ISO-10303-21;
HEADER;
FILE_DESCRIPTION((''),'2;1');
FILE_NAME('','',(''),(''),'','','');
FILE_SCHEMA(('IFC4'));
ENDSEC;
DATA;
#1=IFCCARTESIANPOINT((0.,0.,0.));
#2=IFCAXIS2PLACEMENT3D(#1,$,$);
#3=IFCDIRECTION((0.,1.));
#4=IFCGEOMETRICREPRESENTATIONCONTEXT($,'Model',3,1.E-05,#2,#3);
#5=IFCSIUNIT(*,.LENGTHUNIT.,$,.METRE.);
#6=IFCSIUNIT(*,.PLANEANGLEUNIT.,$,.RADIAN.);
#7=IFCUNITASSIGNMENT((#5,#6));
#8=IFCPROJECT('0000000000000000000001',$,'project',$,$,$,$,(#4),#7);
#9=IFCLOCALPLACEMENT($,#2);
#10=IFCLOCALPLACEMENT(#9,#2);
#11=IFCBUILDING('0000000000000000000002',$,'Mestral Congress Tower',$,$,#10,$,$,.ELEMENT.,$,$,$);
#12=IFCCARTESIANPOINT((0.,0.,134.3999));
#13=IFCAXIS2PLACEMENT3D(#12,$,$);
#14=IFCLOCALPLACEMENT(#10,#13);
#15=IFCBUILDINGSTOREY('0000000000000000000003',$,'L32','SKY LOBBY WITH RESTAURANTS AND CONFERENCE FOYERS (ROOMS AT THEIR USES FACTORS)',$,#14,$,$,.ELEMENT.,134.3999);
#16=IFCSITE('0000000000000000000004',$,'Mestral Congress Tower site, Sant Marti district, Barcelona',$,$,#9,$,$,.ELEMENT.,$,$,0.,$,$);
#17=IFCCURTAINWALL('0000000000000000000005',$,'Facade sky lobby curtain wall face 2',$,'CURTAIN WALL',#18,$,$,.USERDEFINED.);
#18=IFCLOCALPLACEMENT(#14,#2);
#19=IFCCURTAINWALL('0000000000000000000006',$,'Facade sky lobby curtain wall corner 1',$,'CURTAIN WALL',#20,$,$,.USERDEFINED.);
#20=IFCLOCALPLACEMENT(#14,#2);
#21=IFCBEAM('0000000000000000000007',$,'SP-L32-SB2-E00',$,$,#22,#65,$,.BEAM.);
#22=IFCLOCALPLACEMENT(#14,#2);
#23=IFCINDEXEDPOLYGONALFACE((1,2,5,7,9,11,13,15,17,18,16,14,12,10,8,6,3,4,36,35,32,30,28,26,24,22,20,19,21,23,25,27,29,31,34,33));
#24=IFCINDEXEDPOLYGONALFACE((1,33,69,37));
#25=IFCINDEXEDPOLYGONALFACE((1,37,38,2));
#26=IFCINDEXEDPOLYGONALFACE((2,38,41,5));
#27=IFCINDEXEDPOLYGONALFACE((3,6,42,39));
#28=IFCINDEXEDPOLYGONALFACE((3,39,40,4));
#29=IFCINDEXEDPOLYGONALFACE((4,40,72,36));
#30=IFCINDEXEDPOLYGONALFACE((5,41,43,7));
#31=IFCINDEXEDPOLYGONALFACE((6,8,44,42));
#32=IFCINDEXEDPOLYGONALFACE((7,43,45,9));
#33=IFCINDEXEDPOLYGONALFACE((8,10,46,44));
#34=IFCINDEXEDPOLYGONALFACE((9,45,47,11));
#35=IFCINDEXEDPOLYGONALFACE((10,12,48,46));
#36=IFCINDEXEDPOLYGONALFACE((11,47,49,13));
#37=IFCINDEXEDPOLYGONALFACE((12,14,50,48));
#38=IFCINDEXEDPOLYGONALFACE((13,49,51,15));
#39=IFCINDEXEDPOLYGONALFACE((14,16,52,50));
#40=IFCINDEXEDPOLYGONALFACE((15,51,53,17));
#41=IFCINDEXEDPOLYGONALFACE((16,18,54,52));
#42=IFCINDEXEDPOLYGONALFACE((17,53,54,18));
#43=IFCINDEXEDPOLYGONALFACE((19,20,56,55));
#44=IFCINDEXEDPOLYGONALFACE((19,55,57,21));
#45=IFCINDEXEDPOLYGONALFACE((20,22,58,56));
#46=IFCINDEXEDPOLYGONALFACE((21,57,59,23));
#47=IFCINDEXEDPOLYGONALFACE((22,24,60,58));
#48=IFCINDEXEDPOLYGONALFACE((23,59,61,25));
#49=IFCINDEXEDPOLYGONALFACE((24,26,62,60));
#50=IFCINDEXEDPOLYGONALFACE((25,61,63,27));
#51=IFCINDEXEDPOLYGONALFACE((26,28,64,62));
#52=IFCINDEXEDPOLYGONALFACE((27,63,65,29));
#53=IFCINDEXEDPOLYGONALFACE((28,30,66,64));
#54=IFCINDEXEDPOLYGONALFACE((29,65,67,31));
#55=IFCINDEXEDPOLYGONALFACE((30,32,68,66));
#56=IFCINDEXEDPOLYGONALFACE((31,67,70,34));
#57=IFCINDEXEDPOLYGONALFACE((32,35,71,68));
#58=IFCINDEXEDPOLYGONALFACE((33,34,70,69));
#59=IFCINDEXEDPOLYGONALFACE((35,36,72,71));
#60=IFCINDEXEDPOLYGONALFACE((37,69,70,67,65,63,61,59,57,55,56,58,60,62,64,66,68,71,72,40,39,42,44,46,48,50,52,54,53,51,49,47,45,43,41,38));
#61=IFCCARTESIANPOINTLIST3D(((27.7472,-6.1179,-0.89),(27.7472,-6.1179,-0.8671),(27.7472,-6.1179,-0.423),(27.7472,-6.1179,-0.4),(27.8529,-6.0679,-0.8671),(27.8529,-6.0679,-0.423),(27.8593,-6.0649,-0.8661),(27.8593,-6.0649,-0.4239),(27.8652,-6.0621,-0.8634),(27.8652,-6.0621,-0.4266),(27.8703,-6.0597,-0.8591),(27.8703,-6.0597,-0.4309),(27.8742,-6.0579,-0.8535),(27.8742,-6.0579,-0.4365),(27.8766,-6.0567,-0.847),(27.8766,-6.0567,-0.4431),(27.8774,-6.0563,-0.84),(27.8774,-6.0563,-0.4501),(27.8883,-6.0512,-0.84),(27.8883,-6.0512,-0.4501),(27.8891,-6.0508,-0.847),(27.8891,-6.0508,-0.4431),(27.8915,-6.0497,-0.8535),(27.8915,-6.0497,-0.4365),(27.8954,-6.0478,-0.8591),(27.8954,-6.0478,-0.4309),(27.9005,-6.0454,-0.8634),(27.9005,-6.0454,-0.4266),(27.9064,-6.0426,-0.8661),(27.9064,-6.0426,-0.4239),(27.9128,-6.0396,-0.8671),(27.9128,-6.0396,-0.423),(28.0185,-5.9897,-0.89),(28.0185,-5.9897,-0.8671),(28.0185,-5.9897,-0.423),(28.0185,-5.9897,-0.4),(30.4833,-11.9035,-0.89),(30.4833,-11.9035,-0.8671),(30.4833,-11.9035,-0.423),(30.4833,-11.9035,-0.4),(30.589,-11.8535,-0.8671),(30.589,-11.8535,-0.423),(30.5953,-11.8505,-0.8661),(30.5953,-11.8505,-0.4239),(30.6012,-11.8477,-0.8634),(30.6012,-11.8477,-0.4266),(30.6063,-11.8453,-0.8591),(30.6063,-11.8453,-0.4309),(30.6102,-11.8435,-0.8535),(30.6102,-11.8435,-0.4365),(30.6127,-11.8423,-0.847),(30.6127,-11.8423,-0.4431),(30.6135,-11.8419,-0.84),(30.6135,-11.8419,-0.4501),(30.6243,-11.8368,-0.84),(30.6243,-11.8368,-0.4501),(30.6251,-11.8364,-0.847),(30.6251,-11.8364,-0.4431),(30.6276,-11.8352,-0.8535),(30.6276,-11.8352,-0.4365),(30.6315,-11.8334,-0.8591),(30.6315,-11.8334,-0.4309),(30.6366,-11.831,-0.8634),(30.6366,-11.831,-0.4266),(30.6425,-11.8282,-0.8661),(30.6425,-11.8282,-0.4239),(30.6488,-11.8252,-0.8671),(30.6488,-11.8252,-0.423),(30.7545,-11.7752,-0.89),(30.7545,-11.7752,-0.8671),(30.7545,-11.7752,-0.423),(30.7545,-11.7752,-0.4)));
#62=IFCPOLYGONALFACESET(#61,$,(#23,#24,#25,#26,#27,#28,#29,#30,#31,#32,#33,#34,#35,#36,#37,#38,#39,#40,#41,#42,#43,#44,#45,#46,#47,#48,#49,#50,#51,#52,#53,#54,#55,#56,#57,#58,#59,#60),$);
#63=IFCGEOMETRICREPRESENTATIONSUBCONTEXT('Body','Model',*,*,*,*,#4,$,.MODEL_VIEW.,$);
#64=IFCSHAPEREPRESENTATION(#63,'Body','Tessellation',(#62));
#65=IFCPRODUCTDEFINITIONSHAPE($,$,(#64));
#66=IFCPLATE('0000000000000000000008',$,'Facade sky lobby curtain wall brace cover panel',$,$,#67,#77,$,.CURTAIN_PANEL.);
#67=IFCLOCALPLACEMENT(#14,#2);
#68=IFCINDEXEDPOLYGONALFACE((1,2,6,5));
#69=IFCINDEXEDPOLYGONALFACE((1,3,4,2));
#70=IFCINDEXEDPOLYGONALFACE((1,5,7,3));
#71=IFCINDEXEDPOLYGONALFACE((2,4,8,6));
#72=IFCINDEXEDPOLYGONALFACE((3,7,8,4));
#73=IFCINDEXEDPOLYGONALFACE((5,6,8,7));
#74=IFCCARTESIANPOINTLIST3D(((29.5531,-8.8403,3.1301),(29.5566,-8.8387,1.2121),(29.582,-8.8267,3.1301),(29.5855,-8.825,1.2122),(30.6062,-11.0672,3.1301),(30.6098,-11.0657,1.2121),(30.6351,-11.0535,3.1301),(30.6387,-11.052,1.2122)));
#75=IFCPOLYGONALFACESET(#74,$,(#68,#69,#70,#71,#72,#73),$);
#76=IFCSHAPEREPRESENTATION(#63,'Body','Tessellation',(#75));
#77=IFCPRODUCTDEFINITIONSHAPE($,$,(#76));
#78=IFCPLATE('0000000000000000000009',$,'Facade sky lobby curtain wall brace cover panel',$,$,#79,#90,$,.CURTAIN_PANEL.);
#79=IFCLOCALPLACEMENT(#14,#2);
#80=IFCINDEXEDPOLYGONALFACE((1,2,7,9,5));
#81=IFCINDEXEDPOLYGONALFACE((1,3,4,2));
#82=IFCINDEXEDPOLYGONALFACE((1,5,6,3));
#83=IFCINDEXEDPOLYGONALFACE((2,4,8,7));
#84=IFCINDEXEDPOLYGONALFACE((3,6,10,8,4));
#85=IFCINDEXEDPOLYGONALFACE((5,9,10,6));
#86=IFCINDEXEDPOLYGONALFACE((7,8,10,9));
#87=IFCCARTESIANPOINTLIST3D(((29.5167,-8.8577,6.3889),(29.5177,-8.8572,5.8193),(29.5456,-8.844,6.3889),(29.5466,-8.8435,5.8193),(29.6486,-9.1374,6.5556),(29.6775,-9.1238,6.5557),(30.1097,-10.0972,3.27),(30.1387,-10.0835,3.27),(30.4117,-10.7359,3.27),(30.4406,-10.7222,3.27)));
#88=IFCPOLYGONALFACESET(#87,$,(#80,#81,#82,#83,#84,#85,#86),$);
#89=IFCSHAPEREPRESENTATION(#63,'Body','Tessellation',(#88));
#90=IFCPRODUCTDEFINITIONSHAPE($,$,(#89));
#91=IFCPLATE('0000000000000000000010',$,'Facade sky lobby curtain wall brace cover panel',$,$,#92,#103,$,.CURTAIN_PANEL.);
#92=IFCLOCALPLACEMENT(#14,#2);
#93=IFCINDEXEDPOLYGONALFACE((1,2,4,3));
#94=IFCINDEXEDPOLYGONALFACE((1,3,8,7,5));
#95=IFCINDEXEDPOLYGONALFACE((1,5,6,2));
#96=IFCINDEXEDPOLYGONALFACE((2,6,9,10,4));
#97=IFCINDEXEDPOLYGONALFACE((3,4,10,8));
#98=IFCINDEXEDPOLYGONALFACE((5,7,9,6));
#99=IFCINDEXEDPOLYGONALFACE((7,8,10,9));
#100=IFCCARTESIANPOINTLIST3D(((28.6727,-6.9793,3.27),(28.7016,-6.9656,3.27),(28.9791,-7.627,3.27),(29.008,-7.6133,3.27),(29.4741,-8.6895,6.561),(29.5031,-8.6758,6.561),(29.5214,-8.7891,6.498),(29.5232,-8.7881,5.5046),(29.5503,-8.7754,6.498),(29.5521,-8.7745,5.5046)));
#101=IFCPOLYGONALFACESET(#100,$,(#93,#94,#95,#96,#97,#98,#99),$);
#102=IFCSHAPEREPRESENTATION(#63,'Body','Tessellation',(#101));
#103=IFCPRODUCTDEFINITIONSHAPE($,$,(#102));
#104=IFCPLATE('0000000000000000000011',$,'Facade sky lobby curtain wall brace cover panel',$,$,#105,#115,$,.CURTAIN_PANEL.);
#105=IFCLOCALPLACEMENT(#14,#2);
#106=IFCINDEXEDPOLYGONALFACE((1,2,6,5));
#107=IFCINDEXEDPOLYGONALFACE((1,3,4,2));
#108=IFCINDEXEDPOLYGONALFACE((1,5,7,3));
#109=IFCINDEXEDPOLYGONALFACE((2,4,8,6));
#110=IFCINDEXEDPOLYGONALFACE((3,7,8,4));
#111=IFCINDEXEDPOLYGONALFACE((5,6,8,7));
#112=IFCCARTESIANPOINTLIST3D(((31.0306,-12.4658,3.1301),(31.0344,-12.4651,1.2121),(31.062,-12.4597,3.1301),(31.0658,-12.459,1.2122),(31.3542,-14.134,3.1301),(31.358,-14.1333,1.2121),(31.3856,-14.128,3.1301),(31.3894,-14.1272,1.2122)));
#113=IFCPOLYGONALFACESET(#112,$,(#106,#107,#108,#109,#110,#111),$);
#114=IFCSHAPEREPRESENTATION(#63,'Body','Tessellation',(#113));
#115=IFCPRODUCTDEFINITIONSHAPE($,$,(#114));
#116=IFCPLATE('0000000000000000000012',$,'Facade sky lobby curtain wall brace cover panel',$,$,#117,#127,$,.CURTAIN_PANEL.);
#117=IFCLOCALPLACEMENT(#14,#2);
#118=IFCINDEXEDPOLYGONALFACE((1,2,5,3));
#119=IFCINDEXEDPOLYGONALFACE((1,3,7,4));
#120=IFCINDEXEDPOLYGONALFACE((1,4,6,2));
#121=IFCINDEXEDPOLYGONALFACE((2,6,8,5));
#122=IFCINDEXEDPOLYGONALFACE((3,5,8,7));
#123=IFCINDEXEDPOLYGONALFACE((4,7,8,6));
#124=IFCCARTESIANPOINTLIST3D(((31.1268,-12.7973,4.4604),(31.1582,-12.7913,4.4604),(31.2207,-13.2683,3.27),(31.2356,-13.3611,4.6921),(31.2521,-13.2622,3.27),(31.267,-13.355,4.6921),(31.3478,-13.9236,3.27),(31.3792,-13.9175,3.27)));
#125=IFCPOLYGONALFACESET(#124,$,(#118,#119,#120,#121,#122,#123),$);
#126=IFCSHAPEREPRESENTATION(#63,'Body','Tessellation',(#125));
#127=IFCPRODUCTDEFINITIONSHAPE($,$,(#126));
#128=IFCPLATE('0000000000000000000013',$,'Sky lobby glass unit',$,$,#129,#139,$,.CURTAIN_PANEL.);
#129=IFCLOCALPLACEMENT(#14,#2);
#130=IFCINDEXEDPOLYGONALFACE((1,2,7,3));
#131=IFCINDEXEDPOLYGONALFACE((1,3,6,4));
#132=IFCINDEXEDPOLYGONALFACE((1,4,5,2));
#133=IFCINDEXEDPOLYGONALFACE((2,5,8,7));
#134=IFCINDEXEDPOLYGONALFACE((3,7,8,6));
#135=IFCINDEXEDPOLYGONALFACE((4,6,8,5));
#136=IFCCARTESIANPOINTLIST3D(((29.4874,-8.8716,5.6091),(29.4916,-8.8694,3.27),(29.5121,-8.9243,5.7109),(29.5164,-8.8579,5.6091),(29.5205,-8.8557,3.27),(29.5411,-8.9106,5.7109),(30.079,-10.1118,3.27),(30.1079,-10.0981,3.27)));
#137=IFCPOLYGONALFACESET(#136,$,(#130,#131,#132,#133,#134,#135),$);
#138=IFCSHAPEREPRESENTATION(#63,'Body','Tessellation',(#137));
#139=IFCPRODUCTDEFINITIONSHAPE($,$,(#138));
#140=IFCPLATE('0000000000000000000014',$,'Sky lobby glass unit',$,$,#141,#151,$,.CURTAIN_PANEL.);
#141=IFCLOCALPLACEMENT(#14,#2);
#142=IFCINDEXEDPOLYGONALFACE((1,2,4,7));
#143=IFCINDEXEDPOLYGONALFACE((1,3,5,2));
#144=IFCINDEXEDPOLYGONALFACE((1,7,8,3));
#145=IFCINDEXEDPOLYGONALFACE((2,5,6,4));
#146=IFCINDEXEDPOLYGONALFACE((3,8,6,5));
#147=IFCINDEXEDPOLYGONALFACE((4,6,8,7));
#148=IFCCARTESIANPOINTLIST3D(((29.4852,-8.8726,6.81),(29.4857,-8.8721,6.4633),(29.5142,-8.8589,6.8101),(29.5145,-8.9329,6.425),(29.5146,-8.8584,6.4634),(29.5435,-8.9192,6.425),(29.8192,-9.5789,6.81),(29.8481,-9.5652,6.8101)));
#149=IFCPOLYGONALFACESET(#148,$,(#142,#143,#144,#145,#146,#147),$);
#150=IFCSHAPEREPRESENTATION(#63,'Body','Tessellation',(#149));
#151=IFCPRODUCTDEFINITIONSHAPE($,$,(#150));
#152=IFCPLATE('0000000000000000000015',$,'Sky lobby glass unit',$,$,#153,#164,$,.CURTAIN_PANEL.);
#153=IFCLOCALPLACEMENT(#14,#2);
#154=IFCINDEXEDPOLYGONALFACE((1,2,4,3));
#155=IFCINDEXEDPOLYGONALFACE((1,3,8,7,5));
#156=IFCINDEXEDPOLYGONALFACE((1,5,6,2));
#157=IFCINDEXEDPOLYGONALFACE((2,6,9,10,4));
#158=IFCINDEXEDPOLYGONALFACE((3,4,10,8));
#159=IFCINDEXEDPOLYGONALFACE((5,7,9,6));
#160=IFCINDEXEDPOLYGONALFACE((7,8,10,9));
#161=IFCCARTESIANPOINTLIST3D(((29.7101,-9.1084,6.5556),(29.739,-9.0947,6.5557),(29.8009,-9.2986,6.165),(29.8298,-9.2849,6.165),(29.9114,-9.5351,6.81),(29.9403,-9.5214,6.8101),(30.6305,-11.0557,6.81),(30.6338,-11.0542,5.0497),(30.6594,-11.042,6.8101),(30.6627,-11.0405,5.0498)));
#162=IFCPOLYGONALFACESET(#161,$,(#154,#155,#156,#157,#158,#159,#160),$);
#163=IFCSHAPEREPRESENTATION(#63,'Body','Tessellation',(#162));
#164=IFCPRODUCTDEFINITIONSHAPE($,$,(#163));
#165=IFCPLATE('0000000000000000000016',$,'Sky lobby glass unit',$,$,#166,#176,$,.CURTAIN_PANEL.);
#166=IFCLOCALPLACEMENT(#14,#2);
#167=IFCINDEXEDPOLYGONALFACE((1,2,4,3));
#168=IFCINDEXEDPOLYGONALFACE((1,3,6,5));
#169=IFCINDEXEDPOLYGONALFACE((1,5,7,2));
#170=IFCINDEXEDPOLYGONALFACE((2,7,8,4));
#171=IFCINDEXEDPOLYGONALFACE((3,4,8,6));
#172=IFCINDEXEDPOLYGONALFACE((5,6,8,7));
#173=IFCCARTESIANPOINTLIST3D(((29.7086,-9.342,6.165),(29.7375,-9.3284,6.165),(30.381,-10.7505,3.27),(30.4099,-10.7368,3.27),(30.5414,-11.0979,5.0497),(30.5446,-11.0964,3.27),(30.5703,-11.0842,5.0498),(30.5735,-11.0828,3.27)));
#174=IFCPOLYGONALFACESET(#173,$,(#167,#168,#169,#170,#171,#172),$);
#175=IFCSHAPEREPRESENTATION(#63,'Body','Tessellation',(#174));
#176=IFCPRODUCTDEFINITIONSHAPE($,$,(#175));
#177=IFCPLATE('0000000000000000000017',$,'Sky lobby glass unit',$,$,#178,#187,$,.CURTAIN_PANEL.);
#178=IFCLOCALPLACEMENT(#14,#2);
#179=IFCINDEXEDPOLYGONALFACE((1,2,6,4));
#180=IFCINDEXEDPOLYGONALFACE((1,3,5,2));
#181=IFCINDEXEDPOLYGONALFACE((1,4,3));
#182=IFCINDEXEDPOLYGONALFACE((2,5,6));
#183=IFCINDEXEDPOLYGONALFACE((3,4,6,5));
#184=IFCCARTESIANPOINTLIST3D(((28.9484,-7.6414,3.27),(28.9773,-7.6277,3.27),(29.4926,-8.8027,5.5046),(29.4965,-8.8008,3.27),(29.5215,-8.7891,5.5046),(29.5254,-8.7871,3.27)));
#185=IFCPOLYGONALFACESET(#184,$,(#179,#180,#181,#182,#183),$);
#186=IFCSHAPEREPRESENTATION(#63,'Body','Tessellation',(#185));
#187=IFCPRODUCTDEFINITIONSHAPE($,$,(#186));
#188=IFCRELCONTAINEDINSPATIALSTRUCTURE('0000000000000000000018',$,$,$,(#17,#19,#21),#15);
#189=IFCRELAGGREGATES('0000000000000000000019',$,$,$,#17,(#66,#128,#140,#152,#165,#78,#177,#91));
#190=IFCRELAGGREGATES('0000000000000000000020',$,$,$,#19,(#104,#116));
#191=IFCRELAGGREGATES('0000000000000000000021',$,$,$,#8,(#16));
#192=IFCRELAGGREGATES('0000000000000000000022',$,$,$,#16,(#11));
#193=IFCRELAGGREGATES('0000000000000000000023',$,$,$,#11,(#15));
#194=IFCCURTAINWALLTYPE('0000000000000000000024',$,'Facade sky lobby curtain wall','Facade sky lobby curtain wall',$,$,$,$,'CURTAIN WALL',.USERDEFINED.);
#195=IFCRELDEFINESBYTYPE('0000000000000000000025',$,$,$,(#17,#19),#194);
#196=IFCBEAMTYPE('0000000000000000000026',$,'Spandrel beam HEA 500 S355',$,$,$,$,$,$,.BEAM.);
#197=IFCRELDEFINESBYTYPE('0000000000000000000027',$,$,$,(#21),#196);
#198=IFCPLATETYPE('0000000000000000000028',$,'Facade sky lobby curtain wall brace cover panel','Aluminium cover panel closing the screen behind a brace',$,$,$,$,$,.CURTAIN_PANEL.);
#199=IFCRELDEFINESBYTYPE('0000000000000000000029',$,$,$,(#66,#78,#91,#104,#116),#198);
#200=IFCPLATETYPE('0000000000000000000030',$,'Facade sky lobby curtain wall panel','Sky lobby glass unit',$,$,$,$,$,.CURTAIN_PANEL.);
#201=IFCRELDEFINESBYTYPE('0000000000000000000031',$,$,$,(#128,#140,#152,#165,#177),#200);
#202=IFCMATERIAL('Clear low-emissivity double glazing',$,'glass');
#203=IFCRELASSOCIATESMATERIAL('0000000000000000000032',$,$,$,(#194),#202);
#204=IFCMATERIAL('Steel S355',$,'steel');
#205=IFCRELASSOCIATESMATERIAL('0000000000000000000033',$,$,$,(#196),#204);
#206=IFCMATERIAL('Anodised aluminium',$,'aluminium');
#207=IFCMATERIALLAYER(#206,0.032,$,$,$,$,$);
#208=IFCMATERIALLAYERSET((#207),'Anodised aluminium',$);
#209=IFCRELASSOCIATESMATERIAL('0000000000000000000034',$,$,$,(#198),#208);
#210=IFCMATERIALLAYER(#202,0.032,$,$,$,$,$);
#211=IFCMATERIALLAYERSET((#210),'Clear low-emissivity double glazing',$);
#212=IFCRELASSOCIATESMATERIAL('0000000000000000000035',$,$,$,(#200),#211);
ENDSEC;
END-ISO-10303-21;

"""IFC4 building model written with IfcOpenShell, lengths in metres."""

from ifc_helpers import new_model, si_unit, direction, frame, origin, origin_2d, place, context, subcontext, project, spatial, polyline, i_section, outline, extrude, material, layer, layer_set, material_profile, profile_set, type_object, element, aggregate, save


model = new_model("IFC4")

# Units and contexts
model_context = context("Model", 3, precision=1e-05, world=origin(), true_north=direction((0.0, 1.0)))
body_context = subcontext(model_context, "Body", "Model", "MODEL_VIEW")
ifc_project = project(units=[si_unit("LENGTHUNIT", "METRE"), si_unit("PLANEANGLEUNIT", "RADIAN")], contexts=[model_context])

# Site, building, storey
site_placement = place(None, origin())
site = spatial("IfcSite", under=ifc_project, at=site_placement, Name="Mestral Congress Tower site, Sant Marti district, Barcelona", CompositionType="ELEMENT", RefElevation=0.0)
building_placement = place(site_placement, origin())
building = spatial("IfcBuilding", under=site, at=building_placement, Name="Mestral Congress Tower", CompositionType="ELEMENT")
storey_placement = place(building_placement, frame((0.0, 0.0, 134.3999)))
storey = spatial("IfcBuildingStorey", under=building, at=storey_placement, Name="L32", Description="SKY LOBBY WITH RESTAURANTS AND CONFERENCE FOYERS (ROOMS AT THEIR USES FACTORS)", CompositionType="ELEMENT", Elevation=134.3999)

# Shared definitions
ifc_material_1 = material(Name="Steel S355", Category="steel")

# Curtain walls
ifc_material_2 = material(Name="Clear low-emissivity double glazing", Category="glass")
curtain_wall_type = type_object("IfcCurtainWallType", Name="Facade sky lobby curtain wall", Description="Facade sky lobby curtain wall", ElementType="CURTAIN WALL", PredefinedType="USERDEFINED", material=ifc_material_2)
placement = place(storey_placement, origin())
curtain_wall_1 = element("IfcCurtainWall", 1, at=placement, inside=storey, type_object=curtain_wall_type, Name="Facade sky lobby curtain wall face 2", ObjectType="CURTAIN WALL", PredefinedType="USERDEFINED")
ifc_material_3 = material(Name="Anodised aluminium", Category="aluminium")
curtain_wall_2 = element("IfcCurtainWall", 2, at=placement, inside=storey, type_object=curtain_wall_type, Name="Facade sky lobby curtain wall corner 1", ObjectType="CURTAIN WALL", PredefinedType="USERDEFINED")

# Beam
ifc_material_profile_1 = material_profile(ifc_material_1, i_section(OverallWidth=0.3, OverallDepth=0.49, WebThickness=0.012, FlangeThickness=0.0229, FilletRadius=0.0271, at=origin_2d()), Name="HEA 500")
ifc_profile_set_1 = profile_set([ifc_material_profile_1], Name="Steel S355")
beam_type_1 = type_object("IfcBeamType", Name="Spandrel beam HEA 500 S355", PredefinedType="BEAM", material=ifc_profile_set_1)
beam_1_placement = place(storey_placement, frame((30.6189, -11.8394, -0.645), z_axis=(-0.427514, 0.904009, 0.0), x_axis=(-0.904009, -0.427514, 0.0)))
element("IfcBeam", 3, at=beam_1_placement, inside=storey, type_object=beam_type_1, Name="SP-L32-SB2-E00", PredefinedType="BEAM", context=body_context, shape_type="SweptSolid", body=[
    extrude(i_section(OverallWidth=0.3, OverallDepth=0.49, WebThickness=0.012, FlangeThickness=0.0229, FilletRadius=0.0271, at=origin_2d()), origin(), (0.0, 0.0, 1.0), 6.3999),
])

# Plates
ifc_layer_1 = layer(ifc_material_3, 0.032)
ifc_layer_set_1 = layer_set([ifc_layer_1], Name="Anodised aluminium")
plate_type_1 = type_object("IfcPlateType", Name="Facade sky lobby curtain wall brace cover panel", Description="Aluminium cover panel closing the screen behind a brace", PredefinedType="CURTAIN_PANEL", material=ifc_layer_set_1)
plate_1_placement = place(storey_placement, frame((29.582, -8.8267, 3.1301), z_axis=(0.904012, 0.427502, 0.002022), x_axis=(0.001833, 0.000855, -0.999998)))
plate_1 = element("IfcPlate", 4, at=plate_1_placement, type_object=plate_type_1, Name="Facade sky lobby curtain wall brace cover panel", PredefinedType="CURTAIN_PANEL", context=body_context, shape_type="SweptSolid", body=[
    extrude(outline(polyline([(0.0, 0.0), (1.918, 0.0), (1.918, -2.4634), (0.0, -2.4633), (0.0, 0.0)])), origin(), (0.0, 0.0, -1.0), 0.032),
])
plate_2_placement = place(storey_placement, frame((29.5466, -8.8435, 5.8193), z_axis=(0.904035, 0.427453, 0.002028), x_axis=(0.204424, -0.428169, -0.880274)))
plate_2 = element("IfcPlate", 5, at=plate_2_placement, type_object=plate_type_1, Name="Facade sky lobby curtain wall brace cover panel", PredefinedType="CURTAIN_PANEL", context=body_context, shape_type="SweptSolid", body=[
    extrude(outline(polyline([(0.0, 0.0), (2.896, 0.0), (3.2312, -0.6219), (-0.5014, -0.6216), (-0.5014, -0.2703), (0.0, 0.0)])), origin(), (0.0, 0.0, -1.0), 0.032),
])
plate_3_placement = place(storey_placement, frame((29.5503, -8.7754, 6.498), z_axis=(0.90397, 0.427591, 0.002065), x_axis=(-0.372149, 0.784364, 0.496265)))
plate_3 = element("IfcPlate", 6, at=plate_3_placement, type_object=plate_type_1, Name="Facade sky lobby curtain wall brace cover panel", PredefinedType="CURTAIN_PANEL", context=body_context, shape_type="SweptSolid", body=[
    extrude(outline(polyline([(0.0, 0.0), (0.1269, 0.0), (0.1334, -3.7945), (-0.4886, -3.4389), (-0.493, -0.8625), (0.0, 0.0)])), origin(), (0.0, 0.0, -1.0), 0.032),
])
plate_4_placement = place(storey_placement, frame((31.062, -12.4597, 3.1301), z_axis=(0.981698, 0.190435, 0.00201), x_axis=(0.001975, 0.00037, -0.999998)))
plate_4 = element("IfcPlate", 7, at=plate_4_placement, type_object=plate_type_1, Name="Facade sky lobby curtain wall brace cover panel", PredefinedType="CURTAIN_PANEL", context=body_context, shape_type="SweptSolid", body=[
    extrude(outline(polyline([(0.0, 0.0), (1.918, 0.0), (1.918, -1.6993), (0.0, -1.6993), (0.0, 0.0)])), origin(), (0.0, 0.0, -1.0), 0.032),
])
plate_5_placement = place(storey_placement, frame((31.3792, -13.9175, 3.27), z_axis=(0.981716, 0.190339, 0.002136), x_axis=(-0.073138, 0.366815, 0.927415)))
plate_5 = element("IfcPlate", 8, at=plate_5_placement, type_object=plate_type_1, Name="Facade sky lobby curtain wall brace cover panel", PredefinedType="CURTAIN_PANEL", context=body_context, shape_type="SweptSolid", body=[
    extrude(outline(polyline([(0.0, 0.0), (1.5334, 0.0), (1.5333, -0.6191), (0.2496, -0.619), (0.0, 0.0)])), origin(), (0.0, 0.0, -1.0), 0.032),
])
ifc_layer_2 = layer(ifc_material_2, 0.032)
ifc_layer_set_2 = layer_set([ifc_layer_2], Name="Clear low-emissivity double glazing")
plate_type_2 = type_object("IfcPlateType", Name="Facade sky lobby curtain wall panel", Description="Sky lobby glass unit", PredefinedType="CURTAIN_PANEL", material=ifc_layer_set_2)
plate_6_placement = place(storey_placement, frame((30.1079, -10.0981, 3.27), z_axis=(0.904063, 0.427395, 0.002023), x_axis=(-0.20442, 0.428241, 0.88024)))
plate_6 = element("IfcPlate", 9, at=plate_6_placement, type_object=plate_type_2, Name="Sky lobby glass unit", PredefinedType="CURTAIN_PANEL", context=body_context, shape_type="SweptSolid", body=[
    extrude(outline(polyline([(0.0, 0.0), (2.773, 0.0), (2.711, -0.0996), (0.6521, -1.2097), (0.0, 0.0)])), origin(), (0.0, 0.0, -1.0), 0.032),
])
plate_7_placement = place(storey_placement, frame((29.5142, -8.8589, 6.8101), z_axis=(0.904029, 0.427466, 0.001839), x_axis=(0.001375, 0.001393, -0.999998)))
plate_7 = element("IfcPlate", 10, at=plate_7_placement, type_object=plate_type_2, Name="Sky lobby glass unit", PredefinedType="CURTAIN_PANEL", context=body_context, shape_type="SweptSolid", body=[
    extrude(outline(polyline([(0.0, 0.0), (0.3467, 0.0), (0.385, -0.0673), (-0.0005, -0.7813), (0.0, 0.0)])), origin(), (0.0, 0.0, -1.0), 0.032),
])
plate_8_placement = place(storey_placement, frame((30.6594, -11.042, 6.8101), z_axis=(0.90399, 0.427548, 0.002035), x_axis=(-0.427549, 0.903992, 0.0)))
plate_8 = element("IfcPlate", 11, at=plate_8_placement, type_object=plate_type_2, Name="Sky lobby glass unit", PredefinedType="CURTAIN_PANEL", context=body_context, shape_type="SweptSolid", body=[
    extrude(outline(polyline([(0.0, 0.0), (1.682, 0.0), (2.1538, -0.2544), (1.9431, -0.645), (0.0, -1.7603), (0.0, 0.0)])), origin(), (0.0, 0.0, -1.0), 0.032),
])
plate_9_placement = place(storey_placement, frame((29.7375, -9.3284, 6.165), z_axis=(0.904017, 0.427492, 0.001973), x_axis=(0.204429, -0.428243, -0.880237)))
plate_9 = element("IfcPlate", 12, at=plate_9_placement, type_object=plate_type_2, Name="Sky lobby glass unit", PredefinedType="CURTAIN_PANEL", context=body_context, shape_type="SweptSolid", body=[
    extrude(outline(polyline([(0.0, 0.0), (3.2889, 0.0), (3.4705, -0.3368), (1.9038, -1.1814), (0.0, 0.0)])), origin(), (0.0, 0.0, -1.0), 0.032),
])
plate_10_placement = place(storey_placement, frame((29.5254, -8.7871, 3.27), z_axis=(0.904069, 0.427382, 0.001954), x_axis=(-0.001748, -0.000874, 0.999998)))
plate_10 = element("IfcPlate", 13, at=plate_10_placement, type_object=plate_type_2, Name="Sky lobby glass unit", PredefinedType="CURTAIN_PANEL", context=body_context, shape_type="SweptSolid", body=[
    extrude(outline(polyline([(0.0, 0.0), (2.2346, 0.0), (-0.0001, -1.2824), (0.0, 0.0)])), origin(), (0.0, 0.0, -1.0), 0.032),
])
aggregate(curtain_wall_1, [plate_1, plate_6, plate_7, plate_8, plate_9, plate_2, plate_10, plate_3])
aggregate(curtain_wall_2, [plate_4, plate_5])

save(model, "model.ifc")
